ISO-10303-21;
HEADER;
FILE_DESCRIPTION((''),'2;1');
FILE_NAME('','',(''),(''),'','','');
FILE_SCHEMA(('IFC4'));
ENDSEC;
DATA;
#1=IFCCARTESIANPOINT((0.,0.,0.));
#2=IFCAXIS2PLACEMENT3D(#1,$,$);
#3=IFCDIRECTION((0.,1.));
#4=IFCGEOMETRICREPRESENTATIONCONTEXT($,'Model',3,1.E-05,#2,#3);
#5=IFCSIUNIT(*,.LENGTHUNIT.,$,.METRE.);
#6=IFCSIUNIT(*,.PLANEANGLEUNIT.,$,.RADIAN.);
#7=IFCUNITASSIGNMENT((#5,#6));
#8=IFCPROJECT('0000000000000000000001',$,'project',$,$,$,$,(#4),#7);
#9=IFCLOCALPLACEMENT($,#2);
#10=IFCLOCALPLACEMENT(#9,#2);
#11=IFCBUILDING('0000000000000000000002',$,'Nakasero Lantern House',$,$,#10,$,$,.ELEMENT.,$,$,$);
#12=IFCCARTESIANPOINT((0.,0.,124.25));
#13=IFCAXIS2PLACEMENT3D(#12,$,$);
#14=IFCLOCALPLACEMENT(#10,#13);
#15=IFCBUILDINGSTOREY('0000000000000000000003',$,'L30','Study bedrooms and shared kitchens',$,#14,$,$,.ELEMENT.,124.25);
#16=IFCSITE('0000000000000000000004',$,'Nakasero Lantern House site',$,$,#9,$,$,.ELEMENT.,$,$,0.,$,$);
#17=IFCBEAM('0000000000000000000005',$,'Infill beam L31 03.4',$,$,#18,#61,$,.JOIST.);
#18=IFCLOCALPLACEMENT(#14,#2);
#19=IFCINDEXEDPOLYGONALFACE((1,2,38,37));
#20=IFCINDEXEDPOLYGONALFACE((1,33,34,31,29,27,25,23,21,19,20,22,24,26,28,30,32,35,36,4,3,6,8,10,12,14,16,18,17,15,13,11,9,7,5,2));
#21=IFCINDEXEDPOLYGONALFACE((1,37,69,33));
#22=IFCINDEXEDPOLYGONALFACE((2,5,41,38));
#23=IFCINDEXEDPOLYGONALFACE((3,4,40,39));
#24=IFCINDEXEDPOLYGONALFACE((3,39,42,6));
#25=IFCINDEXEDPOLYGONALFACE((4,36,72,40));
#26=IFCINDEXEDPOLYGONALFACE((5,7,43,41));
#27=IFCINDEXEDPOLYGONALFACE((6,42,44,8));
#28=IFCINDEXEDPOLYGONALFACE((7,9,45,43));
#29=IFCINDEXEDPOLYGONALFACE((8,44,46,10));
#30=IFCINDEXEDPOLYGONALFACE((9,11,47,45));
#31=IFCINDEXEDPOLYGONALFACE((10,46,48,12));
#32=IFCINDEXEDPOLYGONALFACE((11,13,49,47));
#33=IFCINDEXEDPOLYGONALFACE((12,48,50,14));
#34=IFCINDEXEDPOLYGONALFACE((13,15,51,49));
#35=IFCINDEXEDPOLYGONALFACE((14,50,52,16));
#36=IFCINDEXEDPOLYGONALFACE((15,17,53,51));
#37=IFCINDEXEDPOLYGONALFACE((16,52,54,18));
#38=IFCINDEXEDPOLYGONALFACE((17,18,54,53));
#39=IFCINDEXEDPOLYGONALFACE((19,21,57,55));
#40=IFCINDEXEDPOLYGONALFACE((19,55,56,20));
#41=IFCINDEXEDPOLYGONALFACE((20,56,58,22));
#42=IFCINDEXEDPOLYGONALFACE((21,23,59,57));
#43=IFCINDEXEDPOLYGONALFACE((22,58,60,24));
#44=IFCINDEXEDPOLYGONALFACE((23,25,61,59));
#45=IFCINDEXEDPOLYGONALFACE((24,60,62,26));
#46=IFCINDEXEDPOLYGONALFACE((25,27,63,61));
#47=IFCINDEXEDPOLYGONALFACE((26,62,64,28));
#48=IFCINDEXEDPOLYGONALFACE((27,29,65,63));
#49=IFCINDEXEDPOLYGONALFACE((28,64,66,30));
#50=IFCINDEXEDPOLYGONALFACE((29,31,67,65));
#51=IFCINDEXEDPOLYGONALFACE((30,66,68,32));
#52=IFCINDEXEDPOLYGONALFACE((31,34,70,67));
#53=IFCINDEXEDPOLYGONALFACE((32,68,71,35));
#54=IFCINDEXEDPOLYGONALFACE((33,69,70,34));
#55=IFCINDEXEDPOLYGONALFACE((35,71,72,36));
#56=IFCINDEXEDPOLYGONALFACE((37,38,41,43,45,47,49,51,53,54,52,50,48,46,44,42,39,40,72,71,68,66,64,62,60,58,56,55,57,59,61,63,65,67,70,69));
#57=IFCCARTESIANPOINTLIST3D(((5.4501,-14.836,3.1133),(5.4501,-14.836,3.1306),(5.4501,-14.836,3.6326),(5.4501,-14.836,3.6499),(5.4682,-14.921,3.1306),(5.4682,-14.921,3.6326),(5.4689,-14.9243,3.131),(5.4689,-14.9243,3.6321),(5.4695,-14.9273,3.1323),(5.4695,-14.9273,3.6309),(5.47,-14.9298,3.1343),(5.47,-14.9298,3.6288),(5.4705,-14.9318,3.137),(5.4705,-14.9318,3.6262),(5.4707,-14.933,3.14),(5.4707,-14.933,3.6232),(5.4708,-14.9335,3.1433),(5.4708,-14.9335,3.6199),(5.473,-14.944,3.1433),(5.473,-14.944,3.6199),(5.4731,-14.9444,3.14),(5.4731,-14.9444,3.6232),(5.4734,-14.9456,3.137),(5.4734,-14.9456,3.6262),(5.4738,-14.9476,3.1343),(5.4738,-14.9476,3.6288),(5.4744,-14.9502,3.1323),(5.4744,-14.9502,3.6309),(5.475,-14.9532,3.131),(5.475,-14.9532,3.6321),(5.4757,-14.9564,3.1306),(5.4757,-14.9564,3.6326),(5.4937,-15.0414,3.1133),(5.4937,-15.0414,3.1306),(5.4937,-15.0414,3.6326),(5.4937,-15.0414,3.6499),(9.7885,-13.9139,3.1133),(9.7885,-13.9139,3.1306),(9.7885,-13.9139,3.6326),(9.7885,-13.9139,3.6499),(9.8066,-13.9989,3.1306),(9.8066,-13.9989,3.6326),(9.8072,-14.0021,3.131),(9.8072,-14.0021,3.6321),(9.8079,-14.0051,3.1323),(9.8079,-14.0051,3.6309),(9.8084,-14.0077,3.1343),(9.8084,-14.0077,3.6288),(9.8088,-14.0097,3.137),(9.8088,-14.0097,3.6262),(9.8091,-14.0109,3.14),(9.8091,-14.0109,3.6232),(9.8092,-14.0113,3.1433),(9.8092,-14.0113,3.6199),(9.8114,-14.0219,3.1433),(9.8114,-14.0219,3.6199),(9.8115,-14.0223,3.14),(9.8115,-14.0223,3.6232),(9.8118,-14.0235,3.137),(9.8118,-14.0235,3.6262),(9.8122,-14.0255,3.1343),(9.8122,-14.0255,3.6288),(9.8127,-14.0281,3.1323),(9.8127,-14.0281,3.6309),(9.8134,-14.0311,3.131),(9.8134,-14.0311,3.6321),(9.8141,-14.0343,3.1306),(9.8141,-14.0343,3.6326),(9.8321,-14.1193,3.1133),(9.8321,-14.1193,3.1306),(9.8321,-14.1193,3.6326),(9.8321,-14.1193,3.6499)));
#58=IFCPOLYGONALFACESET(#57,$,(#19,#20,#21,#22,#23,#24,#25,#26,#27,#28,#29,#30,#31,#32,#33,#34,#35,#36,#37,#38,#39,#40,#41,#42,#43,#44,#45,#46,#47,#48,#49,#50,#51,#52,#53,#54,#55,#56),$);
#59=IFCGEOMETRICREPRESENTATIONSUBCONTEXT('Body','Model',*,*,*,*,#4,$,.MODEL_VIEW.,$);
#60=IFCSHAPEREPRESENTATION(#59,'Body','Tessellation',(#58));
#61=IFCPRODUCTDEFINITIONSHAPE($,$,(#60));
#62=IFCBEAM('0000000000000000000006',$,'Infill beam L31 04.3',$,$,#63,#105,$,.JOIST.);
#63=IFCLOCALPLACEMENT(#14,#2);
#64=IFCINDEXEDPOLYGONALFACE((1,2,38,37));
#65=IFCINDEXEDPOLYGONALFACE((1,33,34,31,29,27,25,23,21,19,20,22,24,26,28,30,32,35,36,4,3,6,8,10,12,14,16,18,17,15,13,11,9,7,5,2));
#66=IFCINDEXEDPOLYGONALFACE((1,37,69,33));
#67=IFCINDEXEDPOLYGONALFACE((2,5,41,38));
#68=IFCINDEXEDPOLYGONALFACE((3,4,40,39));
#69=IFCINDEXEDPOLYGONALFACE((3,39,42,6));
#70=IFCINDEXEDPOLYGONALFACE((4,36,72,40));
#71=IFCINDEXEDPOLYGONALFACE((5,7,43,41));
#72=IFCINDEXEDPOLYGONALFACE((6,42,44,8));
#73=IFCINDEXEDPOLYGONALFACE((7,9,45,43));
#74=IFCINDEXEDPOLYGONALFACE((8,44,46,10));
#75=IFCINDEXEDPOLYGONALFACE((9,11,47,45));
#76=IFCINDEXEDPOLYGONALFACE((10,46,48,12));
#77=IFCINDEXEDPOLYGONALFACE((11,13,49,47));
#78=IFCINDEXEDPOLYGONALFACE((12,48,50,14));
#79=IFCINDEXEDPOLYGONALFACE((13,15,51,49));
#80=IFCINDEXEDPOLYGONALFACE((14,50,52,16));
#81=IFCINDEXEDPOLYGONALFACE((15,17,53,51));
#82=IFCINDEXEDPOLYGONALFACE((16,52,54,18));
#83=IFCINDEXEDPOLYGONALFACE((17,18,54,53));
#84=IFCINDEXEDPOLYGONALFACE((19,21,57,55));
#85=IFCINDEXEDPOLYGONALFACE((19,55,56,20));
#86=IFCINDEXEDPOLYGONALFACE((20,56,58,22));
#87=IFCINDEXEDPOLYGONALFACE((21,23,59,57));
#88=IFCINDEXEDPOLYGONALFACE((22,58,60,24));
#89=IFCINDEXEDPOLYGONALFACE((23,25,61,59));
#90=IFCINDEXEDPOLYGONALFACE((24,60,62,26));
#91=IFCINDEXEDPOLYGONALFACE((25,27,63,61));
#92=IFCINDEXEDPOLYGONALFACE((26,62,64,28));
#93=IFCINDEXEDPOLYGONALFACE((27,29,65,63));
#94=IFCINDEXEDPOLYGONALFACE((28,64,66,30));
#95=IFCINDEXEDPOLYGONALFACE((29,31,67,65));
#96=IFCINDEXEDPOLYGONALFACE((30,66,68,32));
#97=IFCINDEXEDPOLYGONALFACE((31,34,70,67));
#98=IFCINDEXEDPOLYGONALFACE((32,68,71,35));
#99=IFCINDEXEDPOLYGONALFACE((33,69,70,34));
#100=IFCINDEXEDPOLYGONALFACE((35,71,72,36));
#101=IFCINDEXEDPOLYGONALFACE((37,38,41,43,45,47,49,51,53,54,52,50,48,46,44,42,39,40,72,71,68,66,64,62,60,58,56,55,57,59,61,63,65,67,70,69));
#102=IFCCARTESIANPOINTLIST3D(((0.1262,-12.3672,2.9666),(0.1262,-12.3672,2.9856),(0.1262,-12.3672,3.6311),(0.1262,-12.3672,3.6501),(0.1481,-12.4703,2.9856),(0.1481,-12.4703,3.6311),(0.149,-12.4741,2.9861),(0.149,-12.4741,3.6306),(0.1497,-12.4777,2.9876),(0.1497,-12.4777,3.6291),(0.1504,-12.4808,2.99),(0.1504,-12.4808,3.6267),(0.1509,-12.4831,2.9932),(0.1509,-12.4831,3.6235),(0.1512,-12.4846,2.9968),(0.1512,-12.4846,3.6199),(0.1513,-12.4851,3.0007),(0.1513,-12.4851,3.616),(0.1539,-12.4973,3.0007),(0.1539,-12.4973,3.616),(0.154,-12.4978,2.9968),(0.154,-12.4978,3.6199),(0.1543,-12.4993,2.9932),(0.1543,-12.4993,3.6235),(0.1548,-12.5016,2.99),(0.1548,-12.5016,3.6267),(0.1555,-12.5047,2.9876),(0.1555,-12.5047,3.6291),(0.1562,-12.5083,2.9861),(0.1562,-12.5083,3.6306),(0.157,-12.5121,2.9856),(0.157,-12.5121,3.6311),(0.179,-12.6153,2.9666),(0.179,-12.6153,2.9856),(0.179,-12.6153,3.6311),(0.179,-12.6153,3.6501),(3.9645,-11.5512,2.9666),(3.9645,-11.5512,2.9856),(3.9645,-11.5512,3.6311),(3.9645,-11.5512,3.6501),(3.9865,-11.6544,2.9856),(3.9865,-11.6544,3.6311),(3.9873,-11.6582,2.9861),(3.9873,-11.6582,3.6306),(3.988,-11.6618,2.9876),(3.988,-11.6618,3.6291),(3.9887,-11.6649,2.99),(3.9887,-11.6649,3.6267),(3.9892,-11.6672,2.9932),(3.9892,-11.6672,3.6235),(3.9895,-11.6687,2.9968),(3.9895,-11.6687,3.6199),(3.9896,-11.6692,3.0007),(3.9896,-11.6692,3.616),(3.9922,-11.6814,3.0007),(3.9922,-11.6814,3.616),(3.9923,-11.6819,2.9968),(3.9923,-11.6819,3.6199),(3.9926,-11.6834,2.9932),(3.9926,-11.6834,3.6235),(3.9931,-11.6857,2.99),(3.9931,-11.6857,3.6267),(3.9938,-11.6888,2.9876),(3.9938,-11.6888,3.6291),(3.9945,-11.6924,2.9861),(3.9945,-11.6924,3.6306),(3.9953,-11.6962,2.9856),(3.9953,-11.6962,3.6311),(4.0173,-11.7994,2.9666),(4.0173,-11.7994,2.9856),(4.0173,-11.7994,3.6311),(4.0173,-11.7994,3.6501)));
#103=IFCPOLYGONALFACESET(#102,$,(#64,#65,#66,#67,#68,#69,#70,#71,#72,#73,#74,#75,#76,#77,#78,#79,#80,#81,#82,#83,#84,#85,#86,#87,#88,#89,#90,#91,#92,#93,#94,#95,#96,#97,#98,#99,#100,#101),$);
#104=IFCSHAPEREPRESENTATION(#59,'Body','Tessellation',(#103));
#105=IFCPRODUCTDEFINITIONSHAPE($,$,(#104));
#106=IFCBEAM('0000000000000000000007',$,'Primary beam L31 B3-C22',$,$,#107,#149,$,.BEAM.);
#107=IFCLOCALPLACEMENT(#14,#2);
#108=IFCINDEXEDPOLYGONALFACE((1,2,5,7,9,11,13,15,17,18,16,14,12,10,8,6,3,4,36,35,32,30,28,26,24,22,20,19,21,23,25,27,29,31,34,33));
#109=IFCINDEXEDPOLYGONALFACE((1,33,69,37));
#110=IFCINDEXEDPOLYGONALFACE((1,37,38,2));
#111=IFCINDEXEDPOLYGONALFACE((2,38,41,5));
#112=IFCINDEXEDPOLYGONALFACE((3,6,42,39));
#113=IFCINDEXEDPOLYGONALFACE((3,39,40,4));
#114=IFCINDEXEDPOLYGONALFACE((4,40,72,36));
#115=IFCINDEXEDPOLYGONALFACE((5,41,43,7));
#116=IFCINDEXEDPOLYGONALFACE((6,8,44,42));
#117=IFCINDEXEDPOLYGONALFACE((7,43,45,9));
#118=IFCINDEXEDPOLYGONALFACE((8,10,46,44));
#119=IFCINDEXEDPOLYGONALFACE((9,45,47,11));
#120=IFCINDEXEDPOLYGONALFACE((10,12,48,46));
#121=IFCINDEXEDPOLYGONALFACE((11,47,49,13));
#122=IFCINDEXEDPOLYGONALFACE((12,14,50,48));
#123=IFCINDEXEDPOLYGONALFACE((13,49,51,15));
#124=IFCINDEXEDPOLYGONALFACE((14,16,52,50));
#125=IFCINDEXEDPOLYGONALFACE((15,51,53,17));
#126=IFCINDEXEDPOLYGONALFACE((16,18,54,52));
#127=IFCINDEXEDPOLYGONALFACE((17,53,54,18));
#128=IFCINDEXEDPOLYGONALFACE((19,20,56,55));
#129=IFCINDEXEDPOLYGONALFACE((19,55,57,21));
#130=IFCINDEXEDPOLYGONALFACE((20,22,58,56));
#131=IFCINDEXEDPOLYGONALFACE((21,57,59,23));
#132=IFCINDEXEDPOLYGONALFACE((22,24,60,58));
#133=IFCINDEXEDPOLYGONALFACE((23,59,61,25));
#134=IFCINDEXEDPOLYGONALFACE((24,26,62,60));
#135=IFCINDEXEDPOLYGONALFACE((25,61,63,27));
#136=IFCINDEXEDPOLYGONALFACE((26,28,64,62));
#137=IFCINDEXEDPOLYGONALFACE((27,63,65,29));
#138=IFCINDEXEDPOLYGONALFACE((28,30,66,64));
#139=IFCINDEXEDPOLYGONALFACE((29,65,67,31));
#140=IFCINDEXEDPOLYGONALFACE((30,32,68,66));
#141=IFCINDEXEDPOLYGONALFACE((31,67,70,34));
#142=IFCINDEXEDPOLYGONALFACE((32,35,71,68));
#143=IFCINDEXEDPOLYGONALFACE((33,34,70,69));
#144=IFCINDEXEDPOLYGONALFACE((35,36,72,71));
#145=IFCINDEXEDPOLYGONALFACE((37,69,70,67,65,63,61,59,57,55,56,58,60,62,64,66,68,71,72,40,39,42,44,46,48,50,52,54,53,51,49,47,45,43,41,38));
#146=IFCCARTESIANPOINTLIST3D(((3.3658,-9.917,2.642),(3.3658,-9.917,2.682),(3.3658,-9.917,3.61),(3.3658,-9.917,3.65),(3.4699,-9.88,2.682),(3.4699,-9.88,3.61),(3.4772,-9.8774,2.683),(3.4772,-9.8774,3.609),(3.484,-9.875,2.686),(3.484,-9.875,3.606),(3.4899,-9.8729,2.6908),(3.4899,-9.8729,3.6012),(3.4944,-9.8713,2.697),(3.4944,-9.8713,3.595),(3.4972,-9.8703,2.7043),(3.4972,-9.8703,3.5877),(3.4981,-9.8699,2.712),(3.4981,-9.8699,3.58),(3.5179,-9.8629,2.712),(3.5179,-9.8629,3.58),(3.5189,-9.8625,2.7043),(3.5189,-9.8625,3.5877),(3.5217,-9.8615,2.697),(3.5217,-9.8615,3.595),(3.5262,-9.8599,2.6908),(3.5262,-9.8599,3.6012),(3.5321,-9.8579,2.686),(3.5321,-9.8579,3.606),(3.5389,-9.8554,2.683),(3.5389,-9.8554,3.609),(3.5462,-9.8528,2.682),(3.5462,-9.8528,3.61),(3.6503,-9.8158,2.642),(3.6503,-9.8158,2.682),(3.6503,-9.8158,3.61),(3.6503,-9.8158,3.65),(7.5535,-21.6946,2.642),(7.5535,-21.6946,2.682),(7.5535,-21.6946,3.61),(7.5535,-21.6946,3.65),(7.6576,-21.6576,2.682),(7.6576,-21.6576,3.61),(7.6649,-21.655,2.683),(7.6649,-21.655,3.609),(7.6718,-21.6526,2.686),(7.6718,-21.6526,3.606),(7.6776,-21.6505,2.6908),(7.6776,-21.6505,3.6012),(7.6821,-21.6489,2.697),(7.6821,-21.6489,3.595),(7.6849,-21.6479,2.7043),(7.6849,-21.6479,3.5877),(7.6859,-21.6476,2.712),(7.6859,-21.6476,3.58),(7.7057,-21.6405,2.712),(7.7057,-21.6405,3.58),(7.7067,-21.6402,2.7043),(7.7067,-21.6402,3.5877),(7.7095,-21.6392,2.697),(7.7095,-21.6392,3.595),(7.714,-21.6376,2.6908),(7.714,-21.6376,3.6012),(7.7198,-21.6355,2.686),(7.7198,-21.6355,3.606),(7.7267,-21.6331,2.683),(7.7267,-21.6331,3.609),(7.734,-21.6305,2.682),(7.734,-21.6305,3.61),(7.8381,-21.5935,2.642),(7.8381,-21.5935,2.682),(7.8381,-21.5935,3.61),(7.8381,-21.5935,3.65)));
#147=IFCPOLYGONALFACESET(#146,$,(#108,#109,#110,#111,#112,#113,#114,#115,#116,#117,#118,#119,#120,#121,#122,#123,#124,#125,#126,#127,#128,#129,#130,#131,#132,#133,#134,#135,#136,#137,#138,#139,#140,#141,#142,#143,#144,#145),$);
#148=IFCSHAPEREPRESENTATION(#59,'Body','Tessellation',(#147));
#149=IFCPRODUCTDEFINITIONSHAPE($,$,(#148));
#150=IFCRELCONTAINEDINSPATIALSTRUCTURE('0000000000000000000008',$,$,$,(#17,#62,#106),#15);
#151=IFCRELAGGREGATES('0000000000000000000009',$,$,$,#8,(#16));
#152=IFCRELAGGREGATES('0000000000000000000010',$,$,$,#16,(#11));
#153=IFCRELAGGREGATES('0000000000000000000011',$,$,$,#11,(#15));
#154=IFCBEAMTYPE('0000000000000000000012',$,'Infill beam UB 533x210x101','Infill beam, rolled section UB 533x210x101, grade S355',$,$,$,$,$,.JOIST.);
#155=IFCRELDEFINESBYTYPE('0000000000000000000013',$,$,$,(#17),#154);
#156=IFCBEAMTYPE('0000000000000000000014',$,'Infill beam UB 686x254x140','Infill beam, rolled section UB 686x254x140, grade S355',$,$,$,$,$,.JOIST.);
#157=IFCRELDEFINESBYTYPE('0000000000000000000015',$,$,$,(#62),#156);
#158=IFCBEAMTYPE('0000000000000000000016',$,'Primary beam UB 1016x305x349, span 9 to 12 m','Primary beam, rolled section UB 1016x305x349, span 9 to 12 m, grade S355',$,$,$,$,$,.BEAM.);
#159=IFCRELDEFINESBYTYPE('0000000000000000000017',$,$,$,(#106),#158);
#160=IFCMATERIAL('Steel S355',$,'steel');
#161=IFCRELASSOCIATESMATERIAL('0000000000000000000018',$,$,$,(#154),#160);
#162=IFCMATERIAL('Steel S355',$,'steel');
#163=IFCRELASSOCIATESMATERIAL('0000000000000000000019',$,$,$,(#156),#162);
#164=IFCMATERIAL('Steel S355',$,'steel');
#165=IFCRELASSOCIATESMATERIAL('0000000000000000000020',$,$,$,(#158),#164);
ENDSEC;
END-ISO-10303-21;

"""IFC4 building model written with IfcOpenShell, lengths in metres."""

from ifc_helpers import new_model, si_unit, direction, frame, origin, origin_2d, place, context, subcontext, project, spatial, i_section, extrude, material, material_profile, profile_set, type_object, element, save


model = new_model("IFC4")

# Units and contexts
model_context = context("Model", 3, precision=1e-05, world=origin(), true_north=direction((0.0, 1.0)))
body_context = subcontext(model_context, "Body", "Model", "MODEL_VIEW")
ifc_project = project(units=[si_unit("LENGTHUNIT", "METRE"), si_unit("PLANEANGLEUNIT", "RADIAN")], contexts=[model_context])

# Site, building, storey
site_placement = place(None, origin())
site = spatial("IfcSite", under=ifc_project, at=site_placement, Name="Nakasero Lantern House site", CompositionType="ELEMENT", RefElevation=0.0)
building_placement = place(site_placement, origin())
building = spatial("IfcBuilding", under=site, at=building_placement, Name="Nakasero Lantern House", CompositionType="ELEMENT")
storey_placement = place(building_placement, frame((0.0, 0.0, 124.25)))
storey = spatial("IfcBuildingStorey", under=building, at=storey_placement, Name="L30", Description="Study bedrooms and shared kitchens", CompositionType="ELEMENT", Elevation=124.25)

# Beams
ifc_material_1 = material(Name="Steel S355", Category="steel")
ifc_material_profile_1 = material_profile(ifc_material_1, i_section(OverallWidth=0.21, OverallDepth=0.5366, WebThickness=0.0107, FlangeThickness=0.0173, FilletRadius=0.0127, at=origin_2d()), Name="UB 533x210x101")
ifc_profile_set_1 = profile_set([ifc_material_profile_1], Name="Steel S355")
beam_type_1 = type_object("IfcBeamType", Name="Infill beam UB 533x210x101", Description="Infill beam, rolled section UB 533x210x101, grade S355", PredefinedType="JOIST", material=ifc_profile_set_1)
beam_1_placement = place(storey_placement, frame((5.4719, -14.9387, 3.3816), z_axis=(0.978149, 0.207905, 0.0), x_axis=(-0.207905, 0.978149, 0.0)))
element("IfcBeam", 1, at=beam_1_placement, inside=storey, type_object=beam_type_1, Name="Infill beam L31 03.4", PredefinedType="JOIST", context=body_context, shape_type="SweptSolid", body=[
    extrude(i_section(OverallWidth=0.21, OverallDepth=0.5366, WebThickness=0.0107, FlangeThickness=0.0173, FilletRadius=0.0127, at=origin_2d()), origin(), (0.0, 0.0, 1.0), 4.4353),
])
ifc_material_2 = material(Name="Steel S355", Category="steel")
ifc_material_profile_2 = material_profile(ifc_material_2, i_section(OverallWidth=0.2537, OverallDepth=0.6836, WebThickness=0.0125, FlangeThickness=0.019, FilletRadius=0.0151, at=origin_2d()), Name="UB 686x254x140")
ifc_profile_set_2 = profile_set([ifc_material_profile_2], Name="Steel S355")
beam_type_2 = type_object("IfcBeamType", Name="Infill beam UB 686x254x140", Description="Infill beam, rolled section UB 686x254x140, grade S355", PredefinedType="JOIST", material=ifc_profile_set_2)
beam_2_placement = place(storey_placement, frame((0.1526, -12.4912, 3.3083), z_axis=(0.978145, 0.207923, 0.0), x_axis=(-0.207923, 0.978145, 0.0)))
element("IfcBeam", 2, at=beam_2_placement, inside=storey, type_object=beam_type_2, Name="Infill beam L31 04.3", PredefinedType="JOIST", context=body_context, shape_type="SweptSolid", body=[
    extrude(i_section(OverallWidth=0.2537, OverallDepth=0.6836, WebThickness=0.0125, FlangeThickness=0.019, FilletRadius=0.0151, at=origin_2d()), origin(), (0.0, 0.0, 1.0), 3.9241),
])
ifc_material_3 = material(Name="Steel S355", Category="steel")
ifc_material_profile_3 = material_profile(ifc_material_3, i_section(OverallWidth=0.302, OverallDepth=1.0081, WebThickness=0.021, FlangeThickness=0.04, FilletRadius=0.03, at=origin_2d()), Name="UB 1016x305x349")
ifc_profile_set_3 = profile_set([ifc_material_profile_3], Name="Steel S355")
beam_type_3 = type_object("IfcBeamType", Name="Primary beam UB 1016x305x349, span 9 to 12 m", Description="Primary beam, rolled section UB 1016x305x349, span 9 to 12 m, grade S355", PredefinedType="BEAM", material=ifc_profile_set_3)
beam_3_placement = place(storey_placement, frame((7.6958, -21.644, 3.146), z_axis=(-0.335021, 0.942211, 0.0), x_axis=(-0.942211, -0.335021, 0.0)))
element("IfcBeam", 3, at=beam_3_placement, inside=storey, type_object=beam_type_3, Name="Primary beam L31 B3-C22", PredefinedType="BEAM", context=body_context, shape_type="SweptSolid", body=[
    extrude(i_section(OverallWidth=0.302, OverallDepth=1.0081, WebThickness=0.021, FlangeThickness=0.04, FilletRadius=0.03, at=origin_2d()), origin(), (0.0, 0.0, 1.0), 12.5),
])

save(model, "model.ifc")
